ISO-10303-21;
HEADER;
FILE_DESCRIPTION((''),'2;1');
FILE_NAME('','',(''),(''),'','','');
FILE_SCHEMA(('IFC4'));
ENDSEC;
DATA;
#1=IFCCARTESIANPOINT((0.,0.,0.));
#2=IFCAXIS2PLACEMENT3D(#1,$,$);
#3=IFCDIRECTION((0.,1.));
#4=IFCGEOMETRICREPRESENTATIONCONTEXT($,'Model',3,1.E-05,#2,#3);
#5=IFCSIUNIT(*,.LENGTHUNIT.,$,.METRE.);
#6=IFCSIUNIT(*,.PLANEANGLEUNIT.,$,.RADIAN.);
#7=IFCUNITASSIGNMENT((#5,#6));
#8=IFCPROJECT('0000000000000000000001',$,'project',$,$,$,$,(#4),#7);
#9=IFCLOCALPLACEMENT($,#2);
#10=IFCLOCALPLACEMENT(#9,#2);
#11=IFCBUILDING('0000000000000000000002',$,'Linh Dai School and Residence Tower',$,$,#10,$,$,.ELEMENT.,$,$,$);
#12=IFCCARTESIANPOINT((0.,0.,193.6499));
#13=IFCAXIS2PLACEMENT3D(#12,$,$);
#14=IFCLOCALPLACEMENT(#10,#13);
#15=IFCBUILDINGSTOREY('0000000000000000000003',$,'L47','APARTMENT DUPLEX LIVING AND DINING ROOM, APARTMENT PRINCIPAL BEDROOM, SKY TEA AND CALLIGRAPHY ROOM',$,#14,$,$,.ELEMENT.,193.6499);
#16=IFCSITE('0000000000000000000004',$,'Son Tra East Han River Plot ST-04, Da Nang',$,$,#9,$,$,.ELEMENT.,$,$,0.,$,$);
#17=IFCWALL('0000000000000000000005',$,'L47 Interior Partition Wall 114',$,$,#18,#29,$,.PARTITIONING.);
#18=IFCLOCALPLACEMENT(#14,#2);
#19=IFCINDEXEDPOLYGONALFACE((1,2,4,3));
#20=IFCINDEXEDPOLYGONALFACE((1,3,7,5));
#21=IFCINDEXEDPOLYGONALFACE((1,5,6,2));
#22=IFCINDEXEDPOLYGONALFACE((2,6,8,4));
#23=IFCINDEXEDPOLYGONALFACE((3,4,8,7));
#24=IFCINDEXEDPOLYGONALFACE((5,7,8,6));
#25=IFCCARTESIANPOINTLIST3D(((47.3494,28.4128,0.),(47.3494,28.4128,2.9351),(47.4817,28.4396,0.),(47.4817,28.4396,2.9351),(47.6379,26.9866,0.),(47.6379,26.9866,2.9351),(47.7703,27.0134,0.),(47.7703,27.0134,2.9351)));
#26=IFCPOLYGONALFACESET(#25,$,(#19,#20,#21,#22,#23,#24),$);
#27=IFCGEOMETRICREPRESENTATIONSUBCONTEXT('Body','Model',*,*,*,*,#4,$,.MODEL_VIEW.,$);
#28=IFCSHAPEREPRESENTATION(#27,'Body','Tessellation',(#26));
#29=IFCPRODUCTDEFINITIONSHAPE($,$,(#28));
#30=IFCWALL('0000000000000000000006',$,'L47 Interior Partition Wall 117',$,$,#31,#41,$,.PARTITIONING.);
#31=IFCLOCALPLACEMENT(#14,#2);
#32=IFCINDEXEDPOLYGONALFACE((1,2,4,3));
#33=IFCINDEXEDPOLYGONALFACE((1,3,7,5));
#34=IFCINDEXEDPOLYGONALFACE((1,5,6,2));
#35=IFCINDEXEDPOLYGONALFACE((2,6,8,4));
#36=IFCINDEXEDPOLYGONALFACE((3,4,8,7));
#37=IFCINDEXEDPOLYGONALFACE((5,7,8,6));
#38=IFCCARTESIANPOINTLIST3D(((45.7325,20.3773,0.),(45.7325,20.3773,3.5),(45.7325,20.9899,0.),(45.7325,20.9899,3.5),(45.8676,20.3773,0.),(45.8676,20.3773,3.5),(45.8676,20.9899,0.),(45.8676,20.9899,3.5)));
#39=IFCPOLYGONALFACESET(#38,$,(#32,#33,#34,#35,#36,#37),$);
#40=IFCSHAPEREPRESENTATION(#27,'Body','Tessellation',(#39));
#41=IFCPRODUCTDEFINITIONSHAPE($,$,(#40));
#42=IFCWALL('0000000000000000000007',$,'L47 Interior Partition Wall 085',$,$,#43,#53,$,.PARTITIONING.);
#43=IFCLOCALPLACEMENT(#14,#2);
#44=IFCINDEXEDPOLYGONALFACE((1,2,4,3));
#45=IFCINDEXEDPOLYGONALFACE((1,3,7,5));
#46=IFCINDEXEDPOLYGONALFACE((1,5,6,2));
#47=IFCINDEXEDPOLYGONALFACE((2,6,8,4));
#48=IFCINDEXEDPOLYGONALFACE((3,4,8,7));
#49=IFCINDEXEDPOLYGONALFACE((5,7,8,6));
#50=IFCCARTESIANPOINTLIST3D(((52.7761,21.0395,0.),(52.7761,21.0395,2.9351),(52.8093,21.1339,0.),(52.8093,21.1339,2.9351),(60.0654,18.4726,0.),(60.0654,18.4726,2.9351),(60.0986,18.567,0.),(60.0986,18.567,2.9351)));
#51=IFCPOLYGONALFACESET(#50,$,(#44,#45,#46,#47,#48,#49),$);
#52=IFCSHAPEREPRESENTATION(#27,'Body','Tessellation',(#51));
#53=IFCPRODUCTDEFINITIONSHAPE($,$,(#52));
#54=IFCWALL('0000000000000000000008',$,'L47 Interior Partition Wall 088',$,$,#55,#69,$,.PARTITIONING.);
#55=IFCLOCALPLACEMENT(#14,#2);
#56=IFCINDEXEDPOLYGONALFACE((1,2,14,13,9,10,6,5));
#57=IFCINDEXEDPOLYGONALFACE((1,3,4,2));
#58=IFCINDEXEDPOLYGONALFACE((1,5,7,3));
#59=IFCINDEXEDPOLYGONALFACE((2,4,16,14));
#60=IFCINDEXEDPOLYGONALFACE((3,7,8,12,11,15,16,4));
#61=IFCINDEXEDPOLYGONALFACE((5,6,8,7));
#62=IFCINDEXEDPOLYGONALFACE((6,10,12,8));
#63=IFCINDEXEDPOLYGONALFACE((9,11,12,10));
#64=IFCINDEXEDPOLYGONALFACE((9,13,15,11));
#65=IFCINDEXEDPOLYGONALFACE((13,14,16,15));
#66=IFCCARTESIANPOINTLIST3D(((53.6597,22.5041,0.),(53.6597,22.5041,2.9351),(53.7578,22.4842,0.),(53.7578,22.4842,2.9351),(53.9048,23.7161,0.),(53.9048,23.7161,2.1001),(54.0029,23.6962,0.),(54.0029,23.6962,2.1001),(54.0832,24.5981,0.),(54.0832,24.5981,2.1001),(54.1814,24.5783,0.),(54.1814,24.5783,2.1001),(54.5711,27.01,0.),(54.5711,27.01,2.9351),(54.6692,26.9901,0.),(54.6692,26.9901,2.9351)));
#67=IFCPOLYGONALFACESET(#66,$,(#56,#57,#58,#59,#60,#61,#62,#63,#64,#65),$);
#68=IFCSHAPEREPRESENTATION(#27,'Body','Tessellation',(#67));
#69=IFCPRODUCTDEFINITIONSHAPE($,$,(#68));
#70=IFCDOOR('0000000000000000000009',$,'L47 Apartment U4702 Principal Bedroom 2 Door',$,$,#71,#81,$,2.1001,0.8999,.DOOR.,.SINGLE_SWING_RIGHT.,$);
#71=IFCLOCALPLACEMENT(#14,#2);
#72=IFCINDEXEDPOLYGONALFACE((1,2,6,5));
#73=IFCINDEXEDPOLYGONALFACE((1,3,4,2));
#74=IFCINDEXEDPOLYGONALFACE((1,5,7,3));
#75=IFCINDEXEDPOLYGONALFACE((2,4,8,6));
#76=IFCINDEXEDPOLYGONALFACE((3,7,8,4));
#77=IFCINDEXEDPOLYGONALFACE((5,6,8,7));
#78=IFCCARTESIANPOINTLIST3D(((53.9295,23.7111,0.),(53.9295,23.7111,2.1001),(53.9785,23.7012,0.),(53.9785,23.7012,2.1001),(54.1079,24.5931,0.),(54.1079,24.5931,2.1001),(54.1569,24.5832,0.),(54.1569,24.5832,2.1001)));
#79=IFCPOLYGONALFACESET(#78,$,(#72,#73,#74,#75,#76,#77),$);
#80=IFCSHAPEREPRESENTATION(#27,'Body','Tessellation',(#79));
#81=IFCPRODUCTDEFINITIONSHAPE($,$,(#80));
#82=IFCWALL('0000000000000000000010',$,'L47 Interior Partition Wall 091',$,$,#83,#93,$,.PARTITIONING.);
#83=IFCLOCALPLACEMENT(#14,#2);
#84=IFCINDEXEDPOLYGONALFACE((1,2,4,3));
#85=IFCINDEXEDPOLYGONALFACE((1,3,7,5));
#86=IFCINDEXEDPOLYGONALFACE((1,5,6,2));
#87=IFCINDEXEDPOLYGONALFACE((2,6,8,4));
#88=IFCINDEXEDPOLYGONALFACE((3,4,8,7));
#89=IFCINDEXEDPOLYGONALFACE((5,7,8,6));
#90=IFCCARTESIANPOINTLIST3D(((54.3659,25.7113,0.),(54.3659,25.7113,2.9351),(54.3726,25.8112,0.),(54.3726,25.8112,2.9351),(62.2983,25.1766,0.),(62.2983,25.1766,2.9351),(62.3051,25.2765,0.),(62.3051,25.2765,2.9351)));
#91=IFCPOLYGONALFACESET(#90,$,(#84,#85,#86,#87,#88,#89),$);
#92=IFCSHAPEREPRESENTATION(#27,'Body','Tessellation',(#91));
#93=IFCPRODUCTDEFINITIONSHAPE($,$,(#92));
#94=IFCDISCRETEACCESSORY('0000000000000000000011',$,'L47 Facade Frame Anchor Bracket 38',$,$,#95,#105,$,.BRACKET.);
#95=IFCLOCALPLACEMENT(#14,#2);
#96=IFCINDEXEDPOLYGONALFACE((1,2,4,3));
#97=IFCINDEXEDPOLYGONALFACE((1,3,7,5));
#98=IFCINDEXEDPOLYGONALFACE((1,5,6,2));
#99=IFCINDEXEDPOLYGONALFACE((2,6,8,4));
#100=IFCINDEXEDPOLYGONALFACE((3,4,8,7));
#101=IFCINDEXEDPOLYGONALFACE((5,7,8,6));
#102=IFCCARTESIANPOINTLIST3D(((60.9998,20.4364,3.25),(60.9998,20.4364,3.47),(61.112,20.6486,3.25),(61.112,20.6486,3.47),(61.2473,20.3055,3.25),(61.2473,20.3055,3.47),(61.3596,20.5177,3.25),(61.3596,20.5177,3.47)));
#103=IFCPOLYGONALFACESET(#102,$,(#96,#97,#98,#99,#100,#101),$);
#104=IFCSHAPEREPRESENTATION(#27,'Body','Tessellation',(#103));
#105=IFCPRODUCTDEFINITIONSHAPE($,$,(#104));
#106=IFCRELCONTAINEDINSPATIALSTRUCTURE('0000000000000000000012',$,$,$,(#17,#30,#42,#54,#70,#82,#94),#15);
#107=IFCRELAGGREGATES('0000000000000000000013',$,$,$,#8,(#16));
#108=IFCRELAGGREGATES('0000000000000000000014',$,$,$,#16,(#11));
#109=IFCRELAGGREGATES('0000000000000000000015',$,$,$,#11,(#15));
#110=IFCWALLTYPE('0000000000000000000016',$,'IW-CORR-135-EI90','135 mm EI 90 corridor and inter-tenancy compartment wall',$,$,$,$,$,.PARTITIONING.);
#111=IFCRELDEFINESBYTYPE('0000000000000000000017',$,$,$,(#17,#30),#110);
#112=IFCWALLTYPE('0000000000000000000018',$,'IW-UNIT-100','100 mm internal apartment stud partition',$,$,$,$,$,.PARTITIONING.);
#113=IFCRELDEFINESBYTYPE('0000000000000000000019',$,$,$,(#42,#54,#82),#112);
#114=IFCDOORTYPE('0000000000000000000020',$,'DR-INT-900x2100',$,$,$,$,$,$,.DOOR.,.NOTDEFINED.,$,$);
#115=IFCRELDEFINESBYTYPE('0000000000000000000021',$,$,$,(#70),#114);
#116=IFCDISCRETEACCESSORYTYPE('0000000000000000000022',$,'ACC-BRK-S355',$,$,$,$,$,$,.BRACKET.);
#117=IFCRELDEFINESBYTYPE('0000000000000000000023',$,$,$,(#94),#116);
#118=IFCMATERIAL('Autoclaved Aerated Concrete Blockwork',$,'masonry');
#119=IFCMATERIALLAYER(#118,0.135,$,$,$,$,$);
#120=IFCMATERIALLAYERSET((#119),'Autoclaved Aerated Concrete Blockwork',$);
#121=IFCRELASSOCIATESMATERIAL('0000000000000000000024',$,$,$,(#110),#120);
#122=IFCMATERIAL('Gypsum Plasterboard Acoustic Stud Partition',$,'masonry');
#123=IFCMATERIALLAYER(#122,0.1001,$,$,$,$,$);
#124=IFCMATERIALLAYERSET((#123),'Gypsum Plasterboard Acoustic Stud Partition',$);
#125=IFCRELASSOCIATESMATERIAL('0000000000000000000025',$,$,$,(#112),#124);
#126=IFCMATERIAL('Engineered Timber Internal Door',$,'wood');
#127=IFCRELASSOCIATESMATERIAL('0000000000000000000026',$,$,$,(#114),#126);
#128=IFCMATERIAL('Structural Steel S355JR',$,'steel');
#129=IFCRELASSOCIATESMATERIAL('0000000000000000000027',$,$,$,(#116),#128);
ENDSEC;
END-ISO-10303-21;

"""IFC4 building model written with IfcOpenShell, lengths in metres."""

from ifc_helpers import new_model, si_unit, direction, frame, frame_2d, origin, origin_2d, place, context, subcontext, project, spatial, rectangle, extrude, source, transform, mapped, material, layer, layer_set, type_object, element, fill, save


model = new_model("IFC4")

# Units and contexts
model_context = context("Model", 3, precision=1e-05, world=origin(), true_north=direction((0.0, 1.0)))
body_context = subcontext(model_context, "Body", "Model", "MODEL_VIEW")
ifc_project = project(units=[si_unit("LENGTHUNIT", "METRE"), si_unit("PLANEANGLEUNIT", "RADIAN")], contexts=[model_context])

# Site, building, storey
site_placement = place(None, origin())
site = spatial("IfcSite", under=ifc_project, at=site_placement, Name="Son Tra East Han River Plot ST-04, Da Nang", CompositionType="ELEMENT", RefElevation=0.0)
building_placement = place(site_placement, origin())
building = spatial("IfcBuilding", under=site, at=building_placement, Name="Linh Dai School and Residence Tower", CompositionType="ELEMENT")
storey_placement = place(building_placement, frame((0.0, 0.0, 193.6499)))
storey = spatial("IfcBuildingStorey", under=building, at=storey_placement, Name="L47", Description="APARTMENT DUPLEX LIVING AND DINING ROOM, APARTMENT PRINCIPAL BEDROOM, SKY TEA AND CALLIGRAPHY ROOM", CompositionType="ELEMENT", Elevation=193.6499)

# Shared definitions
ifc_material_1 = material(Name="Structural Steel S355JR", Category="steel")

# Walls
ifc_material_2 = material(Name="Autoclaved Aerated Concrete Blockwork", Category="masonry")
ifc_layer_1 = layer(ifc_material_2, 0.135)
ifc_layer_set_1 = layer_set([ifc_layer_1], Name="Autoclaved Aerated Concrete Blockwork")
wall_type_1 = type_object("IfcWallType", Name="IW-CORR-135-EI90", Description="135 mm EI 90 corridor and inter-tenancy compartment wall", PredefinedType="PARTITIONING", material=ifc_layer_set_1)
wall_1_placement = place(storey_placement, frame((47.7041, 27.0, 0.0), z_axis=(0.0, 0.0, 1.0), x_axis=(-0.19831, 0.980139, 0.0)))
element("IfcWall", 1, at=wall_1_placement, inside=storey, type_object=wall_type_1, Name="L47 Interior Partition Wall 114", PredefinedType="PARTITIONING", context=body_context, shape_type="SweptSolid", body=[
    extrude(rectangle(XDim=1.4551, YDim=0.135, at=frame_2d((0.7275, 0.0))), origin(), (0.0, 0.0, 1.0), 2.9351),
])
wall_2_placement = place(storey_placement, frame((45.8, 20.3774, 0.0), z_axis=(0.0, 0.0, 1.0), x_axis=(0.0, 1.0, 0.0)))
element("IfcWall", 2, at=wall_2_placement, inside=storey, type_object=wall_type_1, Name="L47 Interior Partition Wall 117", PredefinedType="PARTITIONING", context=body_context, shape_type="SweptSolid", body=[
    extrude(rectangle(XDim=0.6125, YDim=0.135, at=frame_2d((0.3062, 0.0))), origin(), (0.0, 0.0, 1.0), 3.5),
])
ifc_material_3 = material(Name="Gypsum Plasterboard Acoustic Stud Partition", Category="masonry")
ifc_layer_2 = layer(ifc_material_3, 0.1001)
ifc_layer_set_2 = layer_set([ifc_layer_2], Name="Gypsum Plasterboard Acoustic Stud Partition")
wall_type_2 = type_object("IfcWallType", Name="IW-UNIT-100", Description="100 mm internal apartment stud partition", PredefinedType="PARTITIONING", material=ifc_layer_set_2)
wall_3_placement = place(storey_placement, frame((52.7927, 21.0867, 0.0), z_axis=(0.0, 0.0, 1.0), x_axis=(0.943226, -0.332152, 0.0)))
element("IfcWall", 3, at=wall_3_placement, inside=storey, type_object=wall_type_2, Name="L47 Interior Partition Wall 085", PredefinedType="PARTITIONING", context=body_context, shape_type="SweptSolid", body=[
    extrude(rectangle(XDim=7.728, YDim=0.1001, at=frame_2d((3.864, 0.0))), origin(), (0.0, 0.0, 1.0), 2.9351),
])

# Wall, opening, door
wall_4_placement = place(storey_placement, frame((53.7087, 22.4941, 0.0), z_axis=(0.0, 0.0, 1.0), x_axis=(0.19825, 0.980151, 0.0)))
wall_4 = element("IfcWall", 4, at=wall_4_placement, inside=storey, type_object=wall_type_2, Name="L47 Interior Partition Wall 088", PredefinedType="PARTITIONING", context=body_context, shape_type="SweptSolid", body=[
    extrude(rectangle(XDim=4.5972, YDim=0.1001, at=frame_2d((2.2986, 0.0))), origin(), (0.0, 0.0, 1.0), 2.9351),
])
opening_1_placement = place(wall_4_placement, frame((1.2366, 0.0, 0.0)))
opening_1 = element("IfcOpeningElement", 5, at=opening_1_placement, cuts=wall_4, PredefinedType="OPENING", context=body_context, shape_type="SweptSolid", body=[
    extrude(rectangle(XDim=0.8999, YDim=2.1001, at=origin_2d()), frame((0.45, 0.0601, 1.05), z_axis=(0.0, -1.0, 0.0), x_axis=(1.0, 0.0, 0.0)), (0.0, 0.0, 1.0), 0.1201),
])
ifc_material_4 = material(Name="Engineered Timber Internal Door", Category="wood")
door_type_1 = type_object("IfcDoorType", Name="DR-INT-900x2100", OperationType="NOTDEFINED", PredefinedType="DOOR", material=ifc_material_4)
shared_shape_1 = source(origin(), body_context, "Body", "SweptSolid", [
    extrude(rectangle(XDim=0.8999, YDim=2.1001, at=origin_2d()), frame((0.45, 0.0249, 1.05), z_axis=(0.0, -1.0, 0.0), x_axis=(1.0, 0.0, 0.0)), (0.0, 0.0, 1.0), 0.05),
])
door_1_placement = place(opening_1_placement, origin())
door_1 = element("IfcDoor", 6, at=door_1_placement, inside=storey, type_object=door_type_1, Name="L47 Apartment U4702 Principal Bedroom 2 Door", OperationType="SINGLE_SWING_RIGHT", OverallHeight=2.1001, OverallWidth=0.8999, PredefinedType="DOOR", context=body_context, shape_type="MappedRepresentation", body=[
    mapped(shared_shape_1, transform((0.0, 0.0, 0.0), x_axis=(1.0, 0.0, 0.0), y_axis=(0.0, 1.0, 0.0), z_axis=(0.0, 0.0, 1.0), scale=1.0)),
])
fill(opening_1, door_1)

# Wall
wall_5_placement = place(storey_placement, frame((54.3694, 25.7612, 0.0), z_axis=(0.0, 0.0, 1.0), x_axis=(0.997736, -0.067251, 0.0)))
element("IfcWall", 7, at=wall_5_placement, inside=storey, type_object=wall_type_2, Name="L47 Interior Partition Wall 091", PredefinedType="PARTITIONING", context=body_context, shape_type="SweptSolid", body=[
    extrude(rectangle(XDim=7.9504, YDim=0.1001, at=frame_2d((3.9751, 0.0))), origin(), (0.0, 0.0, 1.0), 2.9351),
])

# Discrete accessory
discrete_accessory_type = type_object("IfcDiscreteAccessoryType", Name="ACC-BRK-S355", PredefinedType="BRACKET", material=ifc_material_1)
shared_shape_2 = source(origin(), body_context, "Body", "SweptSolid", [
    extrude(rectangle(XDim=0.28, YDim=0.24, at=origin_2d()), origin(), (0.0, 0.0, 1.0), 0.22),
])
discrete_accessory_placement = place(storey_placement, frame((61.1797, 20.4771, 3.25), z_axis=(0.0, 0.0, 1.0), x_axis=(0.883951, -0.46758, 0.0)))
element("IfcDiscreteAccessory", 8, at=discrete_accessory_placement, inside=storey, type_object=discrete_accessory_type, Name="L47 Facade Frame Anchor Bracket 38", PredefinedType="BRACKET", context=body_context, shape_type="MappedRepresentation", body=[
    mapped(shared_shape_2, transform((0.0, 0.0, 0.0), x_axis=(1.0, 0.0, 0.0), y_axis=(0.0, 1.0, 0.0), z_axis=(0.0, 0.0, 1.0), scale=1.0)),
])

save(model, "model.ifc")
